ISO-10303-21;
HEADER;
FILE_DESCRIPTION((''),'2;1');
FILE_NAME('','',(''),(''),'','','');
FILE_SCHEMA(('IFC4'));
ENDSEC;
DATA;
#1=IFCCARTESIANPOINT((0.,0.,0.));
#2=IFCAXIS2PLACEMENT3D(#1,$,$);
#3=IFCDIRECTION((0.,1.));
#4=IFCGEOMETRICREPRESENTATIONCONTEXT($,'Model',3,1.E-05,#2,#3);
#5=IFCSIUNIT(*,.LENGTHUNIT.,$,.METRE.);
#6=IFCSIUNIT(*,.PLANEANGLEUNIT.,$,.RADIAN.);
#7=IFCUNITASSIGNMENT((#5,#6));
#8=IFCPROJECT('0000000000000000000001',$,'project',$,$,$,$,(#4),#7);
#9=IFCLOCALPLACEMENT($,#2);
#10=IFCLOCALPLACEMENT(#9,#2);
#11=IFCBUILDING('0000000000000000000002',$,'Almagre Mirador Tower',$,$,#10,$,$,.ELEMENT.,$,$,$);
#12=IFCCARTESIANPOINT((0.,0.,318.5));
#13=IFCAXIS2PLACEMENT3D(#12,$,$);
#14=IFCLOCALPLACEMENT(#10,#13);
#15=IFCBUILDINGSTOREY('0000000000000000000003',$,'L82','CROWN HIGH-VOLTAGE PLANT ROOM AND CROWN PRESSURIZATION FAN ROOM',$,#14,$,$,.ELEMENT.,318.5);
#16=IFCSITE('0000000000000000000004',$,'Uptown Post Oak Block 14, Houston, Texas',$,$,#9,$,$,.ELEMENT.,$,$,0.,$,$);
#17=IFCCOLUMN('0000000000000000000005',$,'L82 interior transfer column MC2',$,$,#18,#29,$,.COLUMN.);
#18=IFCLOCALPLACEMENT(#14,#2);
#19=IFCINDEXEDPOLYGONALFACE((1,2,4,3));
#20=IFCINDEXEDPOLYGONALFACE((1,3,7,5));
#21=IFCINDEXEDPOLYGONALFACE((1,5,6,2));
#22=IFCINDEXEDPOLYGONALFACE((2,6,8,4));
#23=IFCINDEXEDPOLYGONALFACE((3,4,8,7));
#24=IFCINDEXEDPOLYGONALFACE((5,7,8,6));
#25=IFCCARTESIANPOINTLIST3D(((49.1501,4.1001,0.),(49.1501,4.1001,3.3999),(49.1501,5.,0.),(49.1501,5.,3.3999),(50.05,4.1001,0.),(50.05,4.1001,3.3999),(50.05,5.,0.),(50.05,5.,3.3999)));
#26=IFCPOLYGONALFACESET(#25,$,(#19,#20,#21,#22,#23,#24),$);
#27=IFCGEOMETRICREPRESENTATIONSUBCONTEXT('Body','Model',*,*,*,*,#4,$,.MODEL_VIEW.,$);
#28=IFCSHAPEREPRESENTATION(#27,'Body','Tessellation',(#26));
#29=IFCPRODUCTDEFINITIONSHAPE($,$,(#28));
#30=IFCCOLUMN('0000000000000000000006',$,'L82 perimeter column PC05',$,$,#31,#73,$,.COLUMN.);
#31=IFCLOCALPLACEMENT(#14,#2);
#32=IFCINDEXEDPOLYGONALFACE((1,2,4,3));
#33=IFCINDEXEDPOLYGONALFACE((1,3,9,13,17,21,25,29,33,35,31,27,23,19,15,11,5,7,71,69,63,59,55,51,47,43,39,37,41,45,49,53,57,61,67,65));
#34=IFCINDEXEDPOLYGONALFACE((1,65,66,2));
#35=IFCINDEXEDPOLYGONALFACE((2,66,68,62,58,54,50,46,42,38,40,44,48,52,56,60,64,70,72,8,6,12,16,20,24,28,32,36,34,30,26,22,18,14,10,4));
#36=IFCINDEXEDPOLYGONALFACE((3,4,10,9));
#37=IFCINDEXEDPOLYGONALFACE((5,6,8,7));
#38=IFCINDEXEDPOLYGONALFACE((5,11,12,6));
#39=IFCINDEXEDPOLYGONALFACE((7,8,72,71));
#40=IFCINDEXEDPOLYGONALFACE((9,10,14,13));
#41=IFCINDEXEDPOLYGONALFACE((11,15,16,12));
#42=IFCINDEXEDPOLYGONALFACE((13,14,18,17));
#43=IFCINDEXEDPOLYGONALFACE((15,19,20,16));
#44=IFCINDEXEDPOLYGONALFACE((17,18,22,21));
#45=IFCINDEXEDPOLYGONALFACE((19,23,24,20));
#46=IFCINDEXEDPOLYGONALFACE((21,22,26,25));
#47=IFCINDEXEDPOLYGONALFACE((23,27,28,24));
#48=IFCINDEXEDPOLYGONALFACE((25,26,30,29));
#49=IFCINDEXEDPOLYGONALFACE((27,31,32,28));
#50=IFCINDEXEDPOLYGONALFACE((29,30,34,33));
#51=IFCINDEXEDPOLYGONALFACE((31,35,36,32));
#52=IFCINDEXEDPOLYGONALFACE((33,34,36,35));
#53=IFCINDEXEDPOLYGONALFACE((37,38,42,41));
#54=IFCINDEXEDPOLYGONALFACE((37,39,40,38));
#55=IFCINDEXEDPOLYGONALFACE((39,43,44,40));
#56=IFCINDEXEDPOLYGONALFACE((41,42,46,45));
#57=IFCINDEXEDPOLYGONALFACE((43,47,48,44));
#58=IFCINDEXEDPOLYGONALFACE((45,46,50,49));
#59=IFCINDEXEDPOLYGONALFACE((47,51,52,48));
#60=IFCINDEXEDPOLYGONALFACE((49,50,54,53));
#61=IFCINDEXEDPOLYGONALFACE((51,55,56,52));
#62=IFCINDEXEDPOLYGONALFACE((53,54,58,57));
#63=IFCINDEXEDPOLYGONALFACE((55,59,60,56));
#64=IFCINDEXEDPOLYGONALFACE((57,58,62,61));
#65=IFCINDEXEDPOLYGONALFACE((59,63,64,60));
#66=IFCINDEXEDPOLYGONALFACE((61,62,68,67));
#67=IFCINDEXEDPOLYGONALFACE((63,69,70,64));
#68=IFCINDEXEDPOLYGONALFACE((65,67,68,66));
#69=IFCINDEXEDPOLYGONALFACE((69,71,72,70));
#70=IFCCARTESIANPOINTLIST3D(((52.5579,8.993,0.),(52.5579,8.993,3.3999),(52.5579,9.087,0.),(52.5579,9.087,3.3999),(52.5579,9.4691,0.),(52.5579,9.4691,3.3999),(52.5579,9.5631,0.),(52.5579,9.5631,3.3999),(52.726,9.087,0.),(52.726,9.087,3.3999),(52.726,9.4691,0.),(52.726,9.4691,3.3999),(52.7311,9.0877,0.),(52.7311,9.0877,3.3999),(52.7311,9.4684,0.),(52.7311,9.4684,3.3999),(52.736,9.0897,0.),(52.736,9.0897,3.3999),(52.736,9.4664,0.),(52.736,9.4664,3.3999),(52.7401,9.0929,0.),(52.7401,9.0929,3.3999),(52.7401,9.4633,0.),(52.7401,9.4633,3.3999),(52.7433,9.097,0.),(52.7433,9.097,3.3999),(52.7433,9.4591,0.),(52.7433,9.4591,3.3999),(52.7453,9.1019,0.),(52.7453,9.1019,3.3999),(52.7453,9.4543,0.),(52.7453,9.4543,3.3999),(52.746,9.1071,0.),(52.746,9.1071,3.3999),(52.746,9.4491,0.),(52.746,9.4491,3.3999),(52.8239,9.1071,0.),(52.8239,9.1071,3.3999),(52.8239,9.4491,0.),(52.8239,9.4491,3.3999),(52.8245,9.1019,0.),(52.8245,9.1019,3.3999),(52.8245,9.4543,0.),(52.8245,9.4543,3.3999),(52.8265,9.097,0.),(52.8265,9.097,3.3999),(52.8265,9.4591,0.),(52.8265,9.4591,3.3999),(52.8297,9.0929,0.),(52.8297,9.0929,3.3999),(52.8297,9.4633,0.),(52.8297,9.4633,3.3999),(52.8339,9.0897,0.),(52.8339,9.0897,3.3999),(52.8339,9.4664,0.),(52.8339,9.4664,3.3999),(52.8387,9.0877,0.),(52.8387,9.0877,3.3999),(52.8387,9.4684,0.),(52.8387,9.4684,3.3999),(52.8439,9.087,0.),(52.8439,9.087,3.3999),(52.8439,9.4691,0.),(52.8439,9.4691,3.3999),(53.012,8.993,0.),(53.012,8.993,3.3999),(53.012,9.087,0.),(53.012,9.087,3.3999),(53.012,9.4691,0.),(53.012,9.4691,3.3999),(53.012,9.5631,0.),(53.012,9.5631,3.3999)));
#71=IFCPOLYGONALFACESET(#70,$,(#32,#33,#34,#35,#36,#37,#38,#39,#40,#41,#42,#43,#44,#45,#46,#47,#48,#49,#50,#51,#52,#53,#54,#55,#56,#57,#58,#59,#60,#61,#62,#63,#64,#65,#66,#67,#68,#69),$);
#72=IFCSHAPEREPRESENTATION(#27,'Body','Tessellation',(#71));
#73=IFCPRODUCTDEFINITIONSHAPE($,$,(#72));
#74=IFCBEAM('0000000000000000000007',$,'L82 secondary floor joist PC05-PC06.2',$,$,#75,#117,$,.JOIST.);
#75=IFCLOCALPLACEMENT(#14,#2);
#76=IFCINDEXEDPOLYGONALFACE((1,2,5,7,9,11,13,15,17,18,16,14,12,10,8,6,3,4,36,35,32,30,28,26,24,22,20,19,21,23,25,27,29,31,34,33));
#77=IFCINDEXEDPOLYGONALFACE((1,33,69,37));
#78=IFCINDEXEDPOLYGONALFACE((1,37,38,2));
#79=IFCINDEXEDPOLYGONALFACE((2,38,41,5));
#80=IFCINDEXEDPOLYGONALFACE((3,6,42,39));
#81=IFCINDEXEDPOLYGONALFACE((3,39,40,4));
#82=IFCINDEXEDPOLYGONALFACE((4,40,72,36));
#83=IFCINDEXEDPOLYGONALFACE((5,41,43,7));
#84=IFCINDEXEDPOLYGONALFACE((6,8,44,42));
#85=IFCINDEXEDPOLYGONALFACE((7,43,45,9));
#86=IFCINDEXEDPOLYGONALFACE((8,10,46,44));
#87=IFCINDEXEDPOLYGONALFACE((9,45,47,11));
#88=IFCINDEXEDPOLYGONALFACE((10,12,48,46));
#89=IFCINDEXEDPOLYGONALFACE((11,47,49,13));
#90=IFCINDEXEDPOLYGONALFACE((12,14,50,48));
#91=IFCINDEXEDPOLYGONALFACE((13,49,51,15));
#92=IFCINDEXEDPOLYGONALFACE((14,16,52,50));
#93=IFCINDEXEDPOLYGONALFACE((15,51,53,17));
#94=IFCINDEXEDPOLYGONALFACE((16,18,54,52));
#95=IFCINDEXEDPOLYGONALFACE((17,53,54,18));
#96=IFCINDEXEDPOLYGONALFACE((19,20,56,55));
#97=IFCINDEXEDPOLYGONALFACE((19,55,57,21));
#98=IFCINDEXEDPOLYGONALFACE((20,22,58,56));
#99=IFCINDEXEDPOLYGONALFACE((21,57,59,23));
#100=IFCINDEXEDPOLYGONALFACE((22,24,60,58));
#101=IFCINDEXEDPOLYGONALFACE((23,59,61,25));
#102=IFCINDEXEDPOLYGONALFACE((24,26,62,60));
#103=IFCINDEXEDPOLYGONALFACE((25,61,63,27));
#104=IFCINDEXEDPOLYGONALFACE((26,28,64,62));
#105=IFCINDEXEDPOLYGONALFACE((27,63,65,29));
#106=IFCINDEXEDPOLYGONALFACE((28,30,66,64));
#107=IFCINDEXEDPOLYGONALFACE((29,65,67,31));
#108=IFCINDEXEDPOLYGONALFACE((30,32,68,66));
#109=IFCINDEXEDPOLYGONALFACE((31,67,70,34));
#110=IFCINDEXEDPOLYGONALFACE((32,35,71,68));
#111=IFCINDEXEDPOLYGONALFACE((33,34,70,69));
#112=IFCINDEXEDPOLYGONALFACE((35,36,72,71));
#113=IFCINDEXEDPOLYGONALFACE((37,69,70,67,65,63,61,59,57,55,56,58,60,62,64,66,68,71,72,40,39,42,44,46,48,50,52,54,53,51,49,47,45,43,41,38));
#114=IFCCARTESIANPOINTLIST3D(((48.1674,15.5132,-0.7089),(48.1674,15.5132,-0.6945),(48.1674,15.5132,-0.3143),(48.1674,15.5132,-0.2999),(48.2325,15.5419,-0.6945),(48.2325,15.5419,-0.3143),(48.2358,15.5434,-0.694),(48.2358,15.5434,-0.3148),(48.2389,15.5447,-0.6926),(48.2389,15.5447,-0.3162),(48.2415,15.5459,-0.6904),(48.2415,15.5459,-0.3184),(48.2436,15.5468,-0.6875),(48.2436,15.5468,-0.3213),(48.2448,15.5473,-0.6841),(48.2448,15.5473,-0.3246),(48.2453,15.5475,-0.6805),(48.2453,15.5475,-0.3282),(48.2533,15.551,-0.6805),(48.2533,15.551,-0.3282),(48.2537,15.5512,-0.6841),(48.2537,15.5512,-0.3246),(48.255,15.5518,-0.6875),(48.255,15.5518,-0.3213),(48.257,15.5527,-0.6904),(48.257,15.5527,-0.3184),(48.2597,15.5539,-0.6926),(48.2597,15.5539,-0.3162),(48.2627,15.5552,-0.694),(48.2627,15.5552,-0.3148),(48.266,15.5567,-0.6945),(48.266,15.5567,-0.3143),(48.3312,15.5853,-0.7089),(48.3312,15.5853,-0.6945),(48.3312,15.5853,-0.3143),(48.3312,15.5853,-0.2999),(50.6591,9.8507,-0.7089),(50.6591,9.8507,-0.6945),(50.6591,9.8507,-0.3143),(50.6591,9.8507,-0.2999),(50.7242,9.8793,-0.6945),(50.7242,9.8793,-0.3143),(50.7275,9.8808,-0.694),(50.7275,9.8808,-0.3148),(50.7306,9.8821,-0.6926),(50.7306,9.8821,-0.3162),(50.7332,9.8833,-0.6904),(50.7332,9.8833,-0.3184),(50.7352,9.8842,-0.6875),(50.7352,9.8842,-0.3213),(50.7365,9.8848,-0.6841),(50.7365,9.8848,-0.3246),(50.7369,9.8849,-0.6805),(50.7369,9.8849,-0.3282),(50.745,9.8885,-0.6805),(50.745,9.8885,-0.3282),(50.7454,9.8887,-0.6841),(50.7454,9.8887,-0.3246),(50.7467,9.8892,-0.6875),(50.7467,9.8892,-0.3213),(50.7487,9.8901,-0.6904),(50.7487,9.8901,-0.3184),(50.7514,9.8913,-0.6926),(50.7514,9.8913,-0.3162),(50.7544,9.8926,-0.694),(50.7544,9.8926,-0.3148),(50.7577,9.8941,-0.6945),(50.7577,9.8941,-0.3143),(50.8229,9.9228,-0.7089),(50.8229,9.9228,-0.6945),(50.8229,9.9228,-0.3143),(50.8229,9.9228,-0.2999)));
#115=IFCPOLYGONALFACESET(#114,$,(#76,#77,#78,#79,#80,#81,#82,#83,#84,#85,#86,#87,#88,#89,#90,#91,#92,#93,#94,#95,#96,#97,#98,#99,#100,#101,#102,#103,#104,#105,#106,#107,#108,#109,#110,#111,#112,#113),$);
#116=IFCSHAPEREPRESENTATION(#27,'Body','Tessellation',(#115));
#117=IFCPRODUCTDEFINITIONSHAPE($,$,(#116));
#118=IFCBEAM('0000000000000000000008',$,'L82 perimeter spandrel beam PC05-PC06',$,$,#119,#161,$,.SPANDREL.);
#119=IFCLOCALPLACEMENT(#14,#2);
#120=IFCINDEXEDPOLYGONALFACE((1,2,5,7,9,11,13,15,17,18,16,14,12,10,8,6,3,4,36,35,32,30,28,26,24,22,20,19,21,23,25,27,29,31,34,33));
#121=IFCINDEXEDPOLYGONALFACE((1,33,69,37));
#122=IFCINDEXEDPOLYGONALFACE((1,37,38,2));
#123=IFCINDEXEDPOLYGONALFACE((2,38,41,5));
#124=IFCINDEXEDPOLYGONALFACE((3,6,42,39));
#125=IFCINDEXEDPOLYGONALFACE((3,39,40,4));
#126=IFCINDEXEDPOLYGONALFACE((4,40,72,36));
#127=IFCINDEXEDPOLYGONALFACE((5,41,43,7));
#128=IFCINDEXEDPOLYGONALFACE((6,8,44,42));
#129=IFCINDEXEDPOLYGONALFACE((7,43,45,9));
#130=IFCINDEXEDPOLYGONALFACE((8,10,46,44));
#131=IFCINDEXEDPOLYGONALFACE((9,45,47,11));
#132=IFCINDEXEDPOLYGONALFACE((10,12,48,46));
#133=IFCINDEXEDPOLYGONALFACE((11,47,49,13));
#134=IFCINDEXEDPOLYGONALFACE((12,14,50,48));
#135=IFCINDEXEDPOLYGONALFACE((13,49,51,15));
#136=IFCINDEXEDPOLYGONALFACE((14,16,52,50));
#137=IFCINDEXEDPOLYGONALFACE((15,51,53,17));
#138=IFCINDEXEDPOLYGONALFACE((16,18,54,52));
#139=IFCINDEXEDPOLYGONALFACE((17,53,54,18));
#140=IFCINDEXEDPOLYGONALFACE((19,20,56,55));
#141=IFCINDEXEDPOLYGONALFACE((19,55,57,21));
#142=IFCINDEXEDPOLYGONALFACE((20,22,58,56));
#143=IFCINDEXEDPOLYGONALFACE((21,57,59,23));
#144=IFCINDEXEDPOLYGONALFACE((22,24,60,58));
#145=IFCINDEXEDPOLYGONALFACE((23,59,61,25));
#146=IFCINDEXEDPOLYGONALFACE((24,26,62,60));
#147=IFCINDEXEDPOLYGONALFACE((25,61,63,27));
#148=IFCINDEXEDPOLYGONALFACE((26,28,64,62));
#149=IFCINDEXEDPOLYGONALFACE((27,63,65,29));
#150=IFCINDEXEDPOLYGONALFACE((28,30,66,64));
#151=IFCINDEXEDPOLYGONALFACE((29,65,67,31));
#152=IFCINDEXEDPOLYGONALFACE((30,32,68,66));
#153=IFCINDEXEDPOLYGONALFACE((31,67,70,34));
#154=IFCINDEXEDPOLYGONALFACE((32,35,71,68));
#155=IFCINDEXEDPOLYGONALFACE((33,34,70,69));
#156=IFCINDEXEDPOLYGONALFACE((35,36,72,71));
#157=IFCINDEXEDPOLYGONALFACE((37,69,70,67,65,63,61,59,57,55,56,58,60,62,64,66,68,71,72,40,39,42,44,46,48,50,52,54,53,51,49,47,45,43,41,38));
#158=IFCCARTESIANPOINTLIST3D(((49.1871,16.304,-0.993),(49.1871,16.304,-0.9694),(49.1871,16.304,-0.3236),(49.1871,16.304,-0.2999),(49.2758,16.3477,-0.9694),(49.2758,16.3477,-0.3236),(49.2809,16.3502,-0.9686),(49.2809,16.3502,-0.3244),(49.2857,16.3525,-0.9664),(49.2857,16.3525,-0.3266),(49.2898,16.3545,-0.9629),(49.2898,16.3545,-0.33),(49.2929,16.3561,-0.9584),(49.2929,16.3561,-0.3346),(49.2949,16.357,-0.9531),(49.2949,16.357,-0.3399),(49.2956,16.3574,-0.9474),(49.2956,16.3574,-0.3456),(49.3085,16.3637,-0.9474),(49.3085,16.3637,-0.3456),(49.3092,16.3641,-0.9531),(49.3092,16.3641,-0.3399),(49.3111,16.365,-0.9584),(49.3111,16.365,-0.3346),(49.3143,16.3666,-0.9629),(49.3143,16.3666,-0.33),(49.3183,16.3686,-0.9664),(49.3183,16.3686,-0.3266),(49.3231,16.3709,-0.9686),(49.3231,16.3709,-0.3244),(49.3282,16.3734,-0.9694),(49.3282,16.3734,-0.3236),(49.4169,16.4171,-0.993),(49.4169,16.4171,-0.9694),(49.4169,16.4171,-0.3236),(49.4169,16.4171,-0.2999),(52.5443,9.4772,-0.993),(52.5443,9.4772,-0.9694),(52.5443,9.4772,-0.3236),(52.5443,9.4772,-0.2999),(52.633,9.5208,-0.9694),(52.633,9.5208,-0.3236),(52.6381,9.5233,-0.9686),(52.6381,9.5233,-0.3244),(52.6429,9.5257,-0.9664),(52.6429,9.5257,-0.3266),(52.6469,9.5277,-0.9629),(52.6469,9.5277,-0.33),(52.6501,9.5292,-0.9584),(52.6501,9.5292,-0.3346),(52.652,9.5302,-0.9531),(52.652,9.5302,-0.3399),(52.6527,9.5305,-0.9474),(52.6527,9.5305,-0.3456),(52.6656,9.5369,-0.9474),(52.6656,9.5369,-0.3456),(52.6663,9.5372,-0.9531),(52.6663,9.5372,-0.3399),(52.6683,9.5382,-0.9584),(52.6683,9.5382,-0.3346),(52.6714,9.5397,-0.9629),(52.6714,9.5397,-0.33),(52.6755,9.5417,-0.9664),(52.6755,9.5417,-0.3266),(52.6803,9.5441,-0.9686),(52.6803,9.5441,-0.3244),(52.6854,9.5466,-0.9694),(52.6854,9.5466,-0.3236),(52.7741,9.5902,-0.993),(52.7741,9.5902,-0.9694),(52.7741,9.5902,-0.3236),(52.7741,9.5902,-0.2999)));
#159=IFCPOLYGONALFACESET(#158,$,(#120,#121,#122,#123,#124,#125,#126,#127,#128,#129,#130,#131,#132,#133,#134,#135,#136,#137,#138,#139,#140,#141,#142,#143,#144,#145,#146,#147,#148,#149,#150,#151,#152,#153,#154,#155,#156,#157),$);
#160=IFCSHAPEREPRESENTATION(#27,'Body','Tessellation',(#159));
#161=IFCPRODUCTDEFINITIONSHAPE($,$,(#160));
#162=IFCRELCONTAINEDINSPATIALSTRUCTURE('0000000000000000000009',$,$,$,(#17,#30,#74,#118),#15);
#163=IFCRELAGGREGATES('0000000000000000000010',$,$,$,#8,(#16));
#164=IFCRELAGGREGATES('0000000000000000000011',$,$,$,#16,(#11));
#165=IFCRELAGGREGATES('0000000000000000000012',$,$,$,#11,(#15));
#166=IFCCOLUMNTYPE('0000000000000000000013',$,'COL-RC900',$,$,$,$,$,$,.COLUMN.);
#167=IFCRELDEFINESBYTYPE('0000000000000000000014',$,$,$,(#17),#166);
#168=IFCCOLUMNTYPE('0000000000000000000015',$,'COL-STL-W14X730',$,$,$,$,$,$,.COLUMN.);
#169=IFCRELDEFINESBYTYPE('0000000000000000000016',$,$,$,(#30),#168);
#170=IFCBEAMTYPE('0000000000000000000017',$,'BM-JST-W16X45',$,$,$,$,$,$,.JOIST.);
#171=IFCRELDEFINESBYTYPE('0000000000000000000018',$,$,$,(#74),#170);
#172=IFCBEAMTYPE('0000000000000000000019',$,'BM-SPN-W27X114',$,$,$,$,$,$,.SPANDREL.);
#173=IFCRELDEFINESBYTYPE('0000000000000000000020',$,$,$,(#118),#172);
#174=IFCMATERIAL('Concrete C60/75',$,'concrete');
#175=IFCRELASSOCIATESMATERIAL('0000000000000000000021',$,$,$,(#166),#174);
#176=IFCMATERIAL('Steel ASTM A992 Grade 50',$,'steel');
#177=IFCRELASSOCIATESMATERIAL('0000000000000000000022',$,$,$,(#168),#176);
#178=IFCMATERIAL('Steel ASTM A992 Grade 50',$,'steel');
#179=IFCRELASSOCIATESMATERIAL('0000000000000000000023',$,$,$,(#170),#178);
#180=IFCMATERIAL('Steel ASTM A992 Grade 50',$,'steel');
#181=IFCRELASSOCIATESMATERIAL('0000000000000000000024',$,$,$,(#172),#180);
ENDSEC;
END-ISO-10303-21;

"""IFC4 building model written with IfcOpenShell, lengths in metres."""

from ifc_helpers import new_model, si_unit, direction, frame, origin, origin_2d, place, context, subcontext, project, spatial, rectangle, i_section, extrude, material, material_profile, profile_set, type_object, element, save


model = new_model("IFC4")

# Units and contexts
model_context = context("Model", 3, precision=1e-05, world=origin(), true_north=direction((0.0, 1.0)))
body_context = subcontext(model_context, "Body", "Model", "MODEL_VIEW")
ifc_project = project(units=[si_unit("LENGTHUNIT", "METRE"), si_unit("PLANEANGLEUNIT", "RADIAN")], contexts=[model_context])

# Site, building, storey
site_placement = place(None, origin())
site = spatial("IfcSite", under=ifc_project, at=site_placement, Name="Uptown Post Oak Block 14, Houston, Texas", CompositionType="ELEMENT", RefElevation=0.0)
building_placement = place(site_placement, origin())
building = spatial("IfcBuilding", under=site, at=building_placement, Name="Almagre Mirador Tower", CompositionType="ELEMENT")
storey_placement = place(building_placement, frame((0.0, 0.0, 318.5)))
storey = spatial("IfcBuildingStorey", under=building, at=storey_placement, Name="L82", Description="CROWN HIGH-VOLTAGE PLANT ROOM AND CROWN PRESSURIZATION FAN ROOM", CompositionType="ELEMENT", Elevation=318.5)

# Columns
ifc_material_1 = material(Name="Concrete C60/75", Category="concrete")
ifc_material_profile_1 = material_profile(ifc_material_1, rectangle(XDim=0.8999, YDim=0.8999, at=origin_2d()), Name="RC900X900")
ifc_profile_set_1 = profile_set([ifc_material_profile_1], Name="Concrete C60/75")
column_type_1 = type_object("IfcColumnType", Name="COL-RC900", PredefinedType="COLUMN", material=ifc_profile_set_1)
column_1_placement = place(storey_placement, frame((49.6001, 4.55, 0.0), z_axis=(0.0, 0.0, 1.0), x_axis=(1.0, 0.0, 0.0)))
element("IfcColumn", 1, at=column_1_placement, inside=storey, type_object=column_type_1, Name="L82 interior transfer column MC2", PredefinedType="COLUMN", context=body_context, shape_type="SweptSolid", body=[
    extrude(rectangle(XDim=0.8999, YDim=0.8999, at=origin_2d()), origin(), (0.0, 0.0, 1.0), 3.3999),
])
ifc_material_2 = material(Name="Steel ASTM A992 Grade 50", Category="steel")
ifc_material_profile_2 = material_profile(ifc_material_2, i_section(OverallWidth=0.4541, OverallDepth=0.5701, WebThickness=0.0779, FlangeThickness=0.094, FilletRadius=0.02, at=origin_2d()), Name="W14X730")
ifc_profile_set_2 = profile_set([ifc_material_profile_2], Name="Steel ASTM A992 Grade 50")
column_type_2 = type_object("IfcColumnType", Name="COL-STL-W14X730", PredefinedType="COLUMN", material=ifc_profile_set_2)
column_2_placement = place(storey_placement, frame((52.7849, 9.2781, 0.0), z_axis=(0.0, 0.0, 1.0), x_axis=(1.0, 0.0, 0.0)))
element("IfcColumn", 2, at=column_2_placement, inside=storey, type_object=column_type_2, Name="L82 perimeter column PC05", PredefinedType="COLUMN", context=body_context, shape_type="SweptSolid", body=[
    extrude(i_section(OverallWidth=0.4541, OverallDepth=0.5701, WebThickness=0.0779, FlangeThickness=0.094, FilletRadius=0.02, at=origin_2d()), origin(), (0.0, 0.0, 1.0), 3.3999),
])

# Beams
ifc_material_3 = material(Name="Steel ASTM A992 Grade 50", Category="steel")
ifc_material_profile_3 = material_profile(ifc_material_3, i_section(OverallWidth=0.179, OverallDepth=0.4089, WebThickness=0.0088, FlangeThickness=0.0144, FilletRadius=0.0139, at=origin_2d()), Name="W16X45")
ifc_profile_set_3 = profile_set([ifc_material_profile_3], Name="Steel ASTM A992 Grade 50")
beam_type_1 = type_object("IfcBeamType", Name="BM-JST-W16X45", PredefinedType="JOIST", material=ifc_profile_set_3)
beam_1_placement = place(storey_placement, frame((50.741, 9.8867, -0.5044), z_axis=(-0.40276, 0.915306, 0.0), x_axis=(-0.915306, -0.40276, 0.0)))
element("IfcBeam", 3, at=beam_1_placement, inside=storey, type_object=beam_type_1, Name="L82 secondary floor joist PC05-PC06.2", PredefinedType="JOIST", context=body_context, shape_type="SweptSolid", body=[
    extrude(i_section(OverallWidth=0.179, OverallDepth=0.4089, WebThickness=0.0088, FlangeThickness=0.0144, FilletRadius=0.0139, at=origin_2d()), origin(), (0.0, 0.0, 1.0), 6.1865),
])
ifc_material_4 = material(Name="Steel ASTM A992 Grade 50", Category="steel")
ifc_material_profile_4 = material_profile(ifc_material_4, i_section(OverallWidth=0.2561, OverallDepth=0.6931, WebThickness=0.0144, FlangeThickness=0.0237, FilletRadius=0.022, at=origin_2d()), Name="W27X114")
ifc_profile_set_4 = profile_set([ifc_material_profile_4], Name="Steel ASTM A992 Grade 50")
beam_type_2 = type_object("IfcBeamType", Name="BM-SPN-W27X114", PredefinedType="SPANDREL", material=ifc_profile_set_4)
beam_2_placement = place(storey_placement, frame((52.6592, 9.5337, -0.6465), z_axis=(-0.441286, 0.897366, 0.0), x_axis=(-0.897366, -0.441286, 0.0)))
element("IfcBeam", 4, at=beam_2_placement, inside=storey, type_object=beam_type_2, Name="L82 perimeter spandrel beam PC05-PC06", PredefinedType="SPANDREL", context=body_context, shape_type="SweptSolid", body=[
    extrude(i_section(OverallWidth=0.2561, OverallDepth=0.6931, WebThickness=0.0144, FlangeThickness=0.0237, FilletRadius=0.022, at=origin_2d()), origin(), (0.0, 0.0, 1.0), 7.6077),
])

save(model, "model.ifc")
